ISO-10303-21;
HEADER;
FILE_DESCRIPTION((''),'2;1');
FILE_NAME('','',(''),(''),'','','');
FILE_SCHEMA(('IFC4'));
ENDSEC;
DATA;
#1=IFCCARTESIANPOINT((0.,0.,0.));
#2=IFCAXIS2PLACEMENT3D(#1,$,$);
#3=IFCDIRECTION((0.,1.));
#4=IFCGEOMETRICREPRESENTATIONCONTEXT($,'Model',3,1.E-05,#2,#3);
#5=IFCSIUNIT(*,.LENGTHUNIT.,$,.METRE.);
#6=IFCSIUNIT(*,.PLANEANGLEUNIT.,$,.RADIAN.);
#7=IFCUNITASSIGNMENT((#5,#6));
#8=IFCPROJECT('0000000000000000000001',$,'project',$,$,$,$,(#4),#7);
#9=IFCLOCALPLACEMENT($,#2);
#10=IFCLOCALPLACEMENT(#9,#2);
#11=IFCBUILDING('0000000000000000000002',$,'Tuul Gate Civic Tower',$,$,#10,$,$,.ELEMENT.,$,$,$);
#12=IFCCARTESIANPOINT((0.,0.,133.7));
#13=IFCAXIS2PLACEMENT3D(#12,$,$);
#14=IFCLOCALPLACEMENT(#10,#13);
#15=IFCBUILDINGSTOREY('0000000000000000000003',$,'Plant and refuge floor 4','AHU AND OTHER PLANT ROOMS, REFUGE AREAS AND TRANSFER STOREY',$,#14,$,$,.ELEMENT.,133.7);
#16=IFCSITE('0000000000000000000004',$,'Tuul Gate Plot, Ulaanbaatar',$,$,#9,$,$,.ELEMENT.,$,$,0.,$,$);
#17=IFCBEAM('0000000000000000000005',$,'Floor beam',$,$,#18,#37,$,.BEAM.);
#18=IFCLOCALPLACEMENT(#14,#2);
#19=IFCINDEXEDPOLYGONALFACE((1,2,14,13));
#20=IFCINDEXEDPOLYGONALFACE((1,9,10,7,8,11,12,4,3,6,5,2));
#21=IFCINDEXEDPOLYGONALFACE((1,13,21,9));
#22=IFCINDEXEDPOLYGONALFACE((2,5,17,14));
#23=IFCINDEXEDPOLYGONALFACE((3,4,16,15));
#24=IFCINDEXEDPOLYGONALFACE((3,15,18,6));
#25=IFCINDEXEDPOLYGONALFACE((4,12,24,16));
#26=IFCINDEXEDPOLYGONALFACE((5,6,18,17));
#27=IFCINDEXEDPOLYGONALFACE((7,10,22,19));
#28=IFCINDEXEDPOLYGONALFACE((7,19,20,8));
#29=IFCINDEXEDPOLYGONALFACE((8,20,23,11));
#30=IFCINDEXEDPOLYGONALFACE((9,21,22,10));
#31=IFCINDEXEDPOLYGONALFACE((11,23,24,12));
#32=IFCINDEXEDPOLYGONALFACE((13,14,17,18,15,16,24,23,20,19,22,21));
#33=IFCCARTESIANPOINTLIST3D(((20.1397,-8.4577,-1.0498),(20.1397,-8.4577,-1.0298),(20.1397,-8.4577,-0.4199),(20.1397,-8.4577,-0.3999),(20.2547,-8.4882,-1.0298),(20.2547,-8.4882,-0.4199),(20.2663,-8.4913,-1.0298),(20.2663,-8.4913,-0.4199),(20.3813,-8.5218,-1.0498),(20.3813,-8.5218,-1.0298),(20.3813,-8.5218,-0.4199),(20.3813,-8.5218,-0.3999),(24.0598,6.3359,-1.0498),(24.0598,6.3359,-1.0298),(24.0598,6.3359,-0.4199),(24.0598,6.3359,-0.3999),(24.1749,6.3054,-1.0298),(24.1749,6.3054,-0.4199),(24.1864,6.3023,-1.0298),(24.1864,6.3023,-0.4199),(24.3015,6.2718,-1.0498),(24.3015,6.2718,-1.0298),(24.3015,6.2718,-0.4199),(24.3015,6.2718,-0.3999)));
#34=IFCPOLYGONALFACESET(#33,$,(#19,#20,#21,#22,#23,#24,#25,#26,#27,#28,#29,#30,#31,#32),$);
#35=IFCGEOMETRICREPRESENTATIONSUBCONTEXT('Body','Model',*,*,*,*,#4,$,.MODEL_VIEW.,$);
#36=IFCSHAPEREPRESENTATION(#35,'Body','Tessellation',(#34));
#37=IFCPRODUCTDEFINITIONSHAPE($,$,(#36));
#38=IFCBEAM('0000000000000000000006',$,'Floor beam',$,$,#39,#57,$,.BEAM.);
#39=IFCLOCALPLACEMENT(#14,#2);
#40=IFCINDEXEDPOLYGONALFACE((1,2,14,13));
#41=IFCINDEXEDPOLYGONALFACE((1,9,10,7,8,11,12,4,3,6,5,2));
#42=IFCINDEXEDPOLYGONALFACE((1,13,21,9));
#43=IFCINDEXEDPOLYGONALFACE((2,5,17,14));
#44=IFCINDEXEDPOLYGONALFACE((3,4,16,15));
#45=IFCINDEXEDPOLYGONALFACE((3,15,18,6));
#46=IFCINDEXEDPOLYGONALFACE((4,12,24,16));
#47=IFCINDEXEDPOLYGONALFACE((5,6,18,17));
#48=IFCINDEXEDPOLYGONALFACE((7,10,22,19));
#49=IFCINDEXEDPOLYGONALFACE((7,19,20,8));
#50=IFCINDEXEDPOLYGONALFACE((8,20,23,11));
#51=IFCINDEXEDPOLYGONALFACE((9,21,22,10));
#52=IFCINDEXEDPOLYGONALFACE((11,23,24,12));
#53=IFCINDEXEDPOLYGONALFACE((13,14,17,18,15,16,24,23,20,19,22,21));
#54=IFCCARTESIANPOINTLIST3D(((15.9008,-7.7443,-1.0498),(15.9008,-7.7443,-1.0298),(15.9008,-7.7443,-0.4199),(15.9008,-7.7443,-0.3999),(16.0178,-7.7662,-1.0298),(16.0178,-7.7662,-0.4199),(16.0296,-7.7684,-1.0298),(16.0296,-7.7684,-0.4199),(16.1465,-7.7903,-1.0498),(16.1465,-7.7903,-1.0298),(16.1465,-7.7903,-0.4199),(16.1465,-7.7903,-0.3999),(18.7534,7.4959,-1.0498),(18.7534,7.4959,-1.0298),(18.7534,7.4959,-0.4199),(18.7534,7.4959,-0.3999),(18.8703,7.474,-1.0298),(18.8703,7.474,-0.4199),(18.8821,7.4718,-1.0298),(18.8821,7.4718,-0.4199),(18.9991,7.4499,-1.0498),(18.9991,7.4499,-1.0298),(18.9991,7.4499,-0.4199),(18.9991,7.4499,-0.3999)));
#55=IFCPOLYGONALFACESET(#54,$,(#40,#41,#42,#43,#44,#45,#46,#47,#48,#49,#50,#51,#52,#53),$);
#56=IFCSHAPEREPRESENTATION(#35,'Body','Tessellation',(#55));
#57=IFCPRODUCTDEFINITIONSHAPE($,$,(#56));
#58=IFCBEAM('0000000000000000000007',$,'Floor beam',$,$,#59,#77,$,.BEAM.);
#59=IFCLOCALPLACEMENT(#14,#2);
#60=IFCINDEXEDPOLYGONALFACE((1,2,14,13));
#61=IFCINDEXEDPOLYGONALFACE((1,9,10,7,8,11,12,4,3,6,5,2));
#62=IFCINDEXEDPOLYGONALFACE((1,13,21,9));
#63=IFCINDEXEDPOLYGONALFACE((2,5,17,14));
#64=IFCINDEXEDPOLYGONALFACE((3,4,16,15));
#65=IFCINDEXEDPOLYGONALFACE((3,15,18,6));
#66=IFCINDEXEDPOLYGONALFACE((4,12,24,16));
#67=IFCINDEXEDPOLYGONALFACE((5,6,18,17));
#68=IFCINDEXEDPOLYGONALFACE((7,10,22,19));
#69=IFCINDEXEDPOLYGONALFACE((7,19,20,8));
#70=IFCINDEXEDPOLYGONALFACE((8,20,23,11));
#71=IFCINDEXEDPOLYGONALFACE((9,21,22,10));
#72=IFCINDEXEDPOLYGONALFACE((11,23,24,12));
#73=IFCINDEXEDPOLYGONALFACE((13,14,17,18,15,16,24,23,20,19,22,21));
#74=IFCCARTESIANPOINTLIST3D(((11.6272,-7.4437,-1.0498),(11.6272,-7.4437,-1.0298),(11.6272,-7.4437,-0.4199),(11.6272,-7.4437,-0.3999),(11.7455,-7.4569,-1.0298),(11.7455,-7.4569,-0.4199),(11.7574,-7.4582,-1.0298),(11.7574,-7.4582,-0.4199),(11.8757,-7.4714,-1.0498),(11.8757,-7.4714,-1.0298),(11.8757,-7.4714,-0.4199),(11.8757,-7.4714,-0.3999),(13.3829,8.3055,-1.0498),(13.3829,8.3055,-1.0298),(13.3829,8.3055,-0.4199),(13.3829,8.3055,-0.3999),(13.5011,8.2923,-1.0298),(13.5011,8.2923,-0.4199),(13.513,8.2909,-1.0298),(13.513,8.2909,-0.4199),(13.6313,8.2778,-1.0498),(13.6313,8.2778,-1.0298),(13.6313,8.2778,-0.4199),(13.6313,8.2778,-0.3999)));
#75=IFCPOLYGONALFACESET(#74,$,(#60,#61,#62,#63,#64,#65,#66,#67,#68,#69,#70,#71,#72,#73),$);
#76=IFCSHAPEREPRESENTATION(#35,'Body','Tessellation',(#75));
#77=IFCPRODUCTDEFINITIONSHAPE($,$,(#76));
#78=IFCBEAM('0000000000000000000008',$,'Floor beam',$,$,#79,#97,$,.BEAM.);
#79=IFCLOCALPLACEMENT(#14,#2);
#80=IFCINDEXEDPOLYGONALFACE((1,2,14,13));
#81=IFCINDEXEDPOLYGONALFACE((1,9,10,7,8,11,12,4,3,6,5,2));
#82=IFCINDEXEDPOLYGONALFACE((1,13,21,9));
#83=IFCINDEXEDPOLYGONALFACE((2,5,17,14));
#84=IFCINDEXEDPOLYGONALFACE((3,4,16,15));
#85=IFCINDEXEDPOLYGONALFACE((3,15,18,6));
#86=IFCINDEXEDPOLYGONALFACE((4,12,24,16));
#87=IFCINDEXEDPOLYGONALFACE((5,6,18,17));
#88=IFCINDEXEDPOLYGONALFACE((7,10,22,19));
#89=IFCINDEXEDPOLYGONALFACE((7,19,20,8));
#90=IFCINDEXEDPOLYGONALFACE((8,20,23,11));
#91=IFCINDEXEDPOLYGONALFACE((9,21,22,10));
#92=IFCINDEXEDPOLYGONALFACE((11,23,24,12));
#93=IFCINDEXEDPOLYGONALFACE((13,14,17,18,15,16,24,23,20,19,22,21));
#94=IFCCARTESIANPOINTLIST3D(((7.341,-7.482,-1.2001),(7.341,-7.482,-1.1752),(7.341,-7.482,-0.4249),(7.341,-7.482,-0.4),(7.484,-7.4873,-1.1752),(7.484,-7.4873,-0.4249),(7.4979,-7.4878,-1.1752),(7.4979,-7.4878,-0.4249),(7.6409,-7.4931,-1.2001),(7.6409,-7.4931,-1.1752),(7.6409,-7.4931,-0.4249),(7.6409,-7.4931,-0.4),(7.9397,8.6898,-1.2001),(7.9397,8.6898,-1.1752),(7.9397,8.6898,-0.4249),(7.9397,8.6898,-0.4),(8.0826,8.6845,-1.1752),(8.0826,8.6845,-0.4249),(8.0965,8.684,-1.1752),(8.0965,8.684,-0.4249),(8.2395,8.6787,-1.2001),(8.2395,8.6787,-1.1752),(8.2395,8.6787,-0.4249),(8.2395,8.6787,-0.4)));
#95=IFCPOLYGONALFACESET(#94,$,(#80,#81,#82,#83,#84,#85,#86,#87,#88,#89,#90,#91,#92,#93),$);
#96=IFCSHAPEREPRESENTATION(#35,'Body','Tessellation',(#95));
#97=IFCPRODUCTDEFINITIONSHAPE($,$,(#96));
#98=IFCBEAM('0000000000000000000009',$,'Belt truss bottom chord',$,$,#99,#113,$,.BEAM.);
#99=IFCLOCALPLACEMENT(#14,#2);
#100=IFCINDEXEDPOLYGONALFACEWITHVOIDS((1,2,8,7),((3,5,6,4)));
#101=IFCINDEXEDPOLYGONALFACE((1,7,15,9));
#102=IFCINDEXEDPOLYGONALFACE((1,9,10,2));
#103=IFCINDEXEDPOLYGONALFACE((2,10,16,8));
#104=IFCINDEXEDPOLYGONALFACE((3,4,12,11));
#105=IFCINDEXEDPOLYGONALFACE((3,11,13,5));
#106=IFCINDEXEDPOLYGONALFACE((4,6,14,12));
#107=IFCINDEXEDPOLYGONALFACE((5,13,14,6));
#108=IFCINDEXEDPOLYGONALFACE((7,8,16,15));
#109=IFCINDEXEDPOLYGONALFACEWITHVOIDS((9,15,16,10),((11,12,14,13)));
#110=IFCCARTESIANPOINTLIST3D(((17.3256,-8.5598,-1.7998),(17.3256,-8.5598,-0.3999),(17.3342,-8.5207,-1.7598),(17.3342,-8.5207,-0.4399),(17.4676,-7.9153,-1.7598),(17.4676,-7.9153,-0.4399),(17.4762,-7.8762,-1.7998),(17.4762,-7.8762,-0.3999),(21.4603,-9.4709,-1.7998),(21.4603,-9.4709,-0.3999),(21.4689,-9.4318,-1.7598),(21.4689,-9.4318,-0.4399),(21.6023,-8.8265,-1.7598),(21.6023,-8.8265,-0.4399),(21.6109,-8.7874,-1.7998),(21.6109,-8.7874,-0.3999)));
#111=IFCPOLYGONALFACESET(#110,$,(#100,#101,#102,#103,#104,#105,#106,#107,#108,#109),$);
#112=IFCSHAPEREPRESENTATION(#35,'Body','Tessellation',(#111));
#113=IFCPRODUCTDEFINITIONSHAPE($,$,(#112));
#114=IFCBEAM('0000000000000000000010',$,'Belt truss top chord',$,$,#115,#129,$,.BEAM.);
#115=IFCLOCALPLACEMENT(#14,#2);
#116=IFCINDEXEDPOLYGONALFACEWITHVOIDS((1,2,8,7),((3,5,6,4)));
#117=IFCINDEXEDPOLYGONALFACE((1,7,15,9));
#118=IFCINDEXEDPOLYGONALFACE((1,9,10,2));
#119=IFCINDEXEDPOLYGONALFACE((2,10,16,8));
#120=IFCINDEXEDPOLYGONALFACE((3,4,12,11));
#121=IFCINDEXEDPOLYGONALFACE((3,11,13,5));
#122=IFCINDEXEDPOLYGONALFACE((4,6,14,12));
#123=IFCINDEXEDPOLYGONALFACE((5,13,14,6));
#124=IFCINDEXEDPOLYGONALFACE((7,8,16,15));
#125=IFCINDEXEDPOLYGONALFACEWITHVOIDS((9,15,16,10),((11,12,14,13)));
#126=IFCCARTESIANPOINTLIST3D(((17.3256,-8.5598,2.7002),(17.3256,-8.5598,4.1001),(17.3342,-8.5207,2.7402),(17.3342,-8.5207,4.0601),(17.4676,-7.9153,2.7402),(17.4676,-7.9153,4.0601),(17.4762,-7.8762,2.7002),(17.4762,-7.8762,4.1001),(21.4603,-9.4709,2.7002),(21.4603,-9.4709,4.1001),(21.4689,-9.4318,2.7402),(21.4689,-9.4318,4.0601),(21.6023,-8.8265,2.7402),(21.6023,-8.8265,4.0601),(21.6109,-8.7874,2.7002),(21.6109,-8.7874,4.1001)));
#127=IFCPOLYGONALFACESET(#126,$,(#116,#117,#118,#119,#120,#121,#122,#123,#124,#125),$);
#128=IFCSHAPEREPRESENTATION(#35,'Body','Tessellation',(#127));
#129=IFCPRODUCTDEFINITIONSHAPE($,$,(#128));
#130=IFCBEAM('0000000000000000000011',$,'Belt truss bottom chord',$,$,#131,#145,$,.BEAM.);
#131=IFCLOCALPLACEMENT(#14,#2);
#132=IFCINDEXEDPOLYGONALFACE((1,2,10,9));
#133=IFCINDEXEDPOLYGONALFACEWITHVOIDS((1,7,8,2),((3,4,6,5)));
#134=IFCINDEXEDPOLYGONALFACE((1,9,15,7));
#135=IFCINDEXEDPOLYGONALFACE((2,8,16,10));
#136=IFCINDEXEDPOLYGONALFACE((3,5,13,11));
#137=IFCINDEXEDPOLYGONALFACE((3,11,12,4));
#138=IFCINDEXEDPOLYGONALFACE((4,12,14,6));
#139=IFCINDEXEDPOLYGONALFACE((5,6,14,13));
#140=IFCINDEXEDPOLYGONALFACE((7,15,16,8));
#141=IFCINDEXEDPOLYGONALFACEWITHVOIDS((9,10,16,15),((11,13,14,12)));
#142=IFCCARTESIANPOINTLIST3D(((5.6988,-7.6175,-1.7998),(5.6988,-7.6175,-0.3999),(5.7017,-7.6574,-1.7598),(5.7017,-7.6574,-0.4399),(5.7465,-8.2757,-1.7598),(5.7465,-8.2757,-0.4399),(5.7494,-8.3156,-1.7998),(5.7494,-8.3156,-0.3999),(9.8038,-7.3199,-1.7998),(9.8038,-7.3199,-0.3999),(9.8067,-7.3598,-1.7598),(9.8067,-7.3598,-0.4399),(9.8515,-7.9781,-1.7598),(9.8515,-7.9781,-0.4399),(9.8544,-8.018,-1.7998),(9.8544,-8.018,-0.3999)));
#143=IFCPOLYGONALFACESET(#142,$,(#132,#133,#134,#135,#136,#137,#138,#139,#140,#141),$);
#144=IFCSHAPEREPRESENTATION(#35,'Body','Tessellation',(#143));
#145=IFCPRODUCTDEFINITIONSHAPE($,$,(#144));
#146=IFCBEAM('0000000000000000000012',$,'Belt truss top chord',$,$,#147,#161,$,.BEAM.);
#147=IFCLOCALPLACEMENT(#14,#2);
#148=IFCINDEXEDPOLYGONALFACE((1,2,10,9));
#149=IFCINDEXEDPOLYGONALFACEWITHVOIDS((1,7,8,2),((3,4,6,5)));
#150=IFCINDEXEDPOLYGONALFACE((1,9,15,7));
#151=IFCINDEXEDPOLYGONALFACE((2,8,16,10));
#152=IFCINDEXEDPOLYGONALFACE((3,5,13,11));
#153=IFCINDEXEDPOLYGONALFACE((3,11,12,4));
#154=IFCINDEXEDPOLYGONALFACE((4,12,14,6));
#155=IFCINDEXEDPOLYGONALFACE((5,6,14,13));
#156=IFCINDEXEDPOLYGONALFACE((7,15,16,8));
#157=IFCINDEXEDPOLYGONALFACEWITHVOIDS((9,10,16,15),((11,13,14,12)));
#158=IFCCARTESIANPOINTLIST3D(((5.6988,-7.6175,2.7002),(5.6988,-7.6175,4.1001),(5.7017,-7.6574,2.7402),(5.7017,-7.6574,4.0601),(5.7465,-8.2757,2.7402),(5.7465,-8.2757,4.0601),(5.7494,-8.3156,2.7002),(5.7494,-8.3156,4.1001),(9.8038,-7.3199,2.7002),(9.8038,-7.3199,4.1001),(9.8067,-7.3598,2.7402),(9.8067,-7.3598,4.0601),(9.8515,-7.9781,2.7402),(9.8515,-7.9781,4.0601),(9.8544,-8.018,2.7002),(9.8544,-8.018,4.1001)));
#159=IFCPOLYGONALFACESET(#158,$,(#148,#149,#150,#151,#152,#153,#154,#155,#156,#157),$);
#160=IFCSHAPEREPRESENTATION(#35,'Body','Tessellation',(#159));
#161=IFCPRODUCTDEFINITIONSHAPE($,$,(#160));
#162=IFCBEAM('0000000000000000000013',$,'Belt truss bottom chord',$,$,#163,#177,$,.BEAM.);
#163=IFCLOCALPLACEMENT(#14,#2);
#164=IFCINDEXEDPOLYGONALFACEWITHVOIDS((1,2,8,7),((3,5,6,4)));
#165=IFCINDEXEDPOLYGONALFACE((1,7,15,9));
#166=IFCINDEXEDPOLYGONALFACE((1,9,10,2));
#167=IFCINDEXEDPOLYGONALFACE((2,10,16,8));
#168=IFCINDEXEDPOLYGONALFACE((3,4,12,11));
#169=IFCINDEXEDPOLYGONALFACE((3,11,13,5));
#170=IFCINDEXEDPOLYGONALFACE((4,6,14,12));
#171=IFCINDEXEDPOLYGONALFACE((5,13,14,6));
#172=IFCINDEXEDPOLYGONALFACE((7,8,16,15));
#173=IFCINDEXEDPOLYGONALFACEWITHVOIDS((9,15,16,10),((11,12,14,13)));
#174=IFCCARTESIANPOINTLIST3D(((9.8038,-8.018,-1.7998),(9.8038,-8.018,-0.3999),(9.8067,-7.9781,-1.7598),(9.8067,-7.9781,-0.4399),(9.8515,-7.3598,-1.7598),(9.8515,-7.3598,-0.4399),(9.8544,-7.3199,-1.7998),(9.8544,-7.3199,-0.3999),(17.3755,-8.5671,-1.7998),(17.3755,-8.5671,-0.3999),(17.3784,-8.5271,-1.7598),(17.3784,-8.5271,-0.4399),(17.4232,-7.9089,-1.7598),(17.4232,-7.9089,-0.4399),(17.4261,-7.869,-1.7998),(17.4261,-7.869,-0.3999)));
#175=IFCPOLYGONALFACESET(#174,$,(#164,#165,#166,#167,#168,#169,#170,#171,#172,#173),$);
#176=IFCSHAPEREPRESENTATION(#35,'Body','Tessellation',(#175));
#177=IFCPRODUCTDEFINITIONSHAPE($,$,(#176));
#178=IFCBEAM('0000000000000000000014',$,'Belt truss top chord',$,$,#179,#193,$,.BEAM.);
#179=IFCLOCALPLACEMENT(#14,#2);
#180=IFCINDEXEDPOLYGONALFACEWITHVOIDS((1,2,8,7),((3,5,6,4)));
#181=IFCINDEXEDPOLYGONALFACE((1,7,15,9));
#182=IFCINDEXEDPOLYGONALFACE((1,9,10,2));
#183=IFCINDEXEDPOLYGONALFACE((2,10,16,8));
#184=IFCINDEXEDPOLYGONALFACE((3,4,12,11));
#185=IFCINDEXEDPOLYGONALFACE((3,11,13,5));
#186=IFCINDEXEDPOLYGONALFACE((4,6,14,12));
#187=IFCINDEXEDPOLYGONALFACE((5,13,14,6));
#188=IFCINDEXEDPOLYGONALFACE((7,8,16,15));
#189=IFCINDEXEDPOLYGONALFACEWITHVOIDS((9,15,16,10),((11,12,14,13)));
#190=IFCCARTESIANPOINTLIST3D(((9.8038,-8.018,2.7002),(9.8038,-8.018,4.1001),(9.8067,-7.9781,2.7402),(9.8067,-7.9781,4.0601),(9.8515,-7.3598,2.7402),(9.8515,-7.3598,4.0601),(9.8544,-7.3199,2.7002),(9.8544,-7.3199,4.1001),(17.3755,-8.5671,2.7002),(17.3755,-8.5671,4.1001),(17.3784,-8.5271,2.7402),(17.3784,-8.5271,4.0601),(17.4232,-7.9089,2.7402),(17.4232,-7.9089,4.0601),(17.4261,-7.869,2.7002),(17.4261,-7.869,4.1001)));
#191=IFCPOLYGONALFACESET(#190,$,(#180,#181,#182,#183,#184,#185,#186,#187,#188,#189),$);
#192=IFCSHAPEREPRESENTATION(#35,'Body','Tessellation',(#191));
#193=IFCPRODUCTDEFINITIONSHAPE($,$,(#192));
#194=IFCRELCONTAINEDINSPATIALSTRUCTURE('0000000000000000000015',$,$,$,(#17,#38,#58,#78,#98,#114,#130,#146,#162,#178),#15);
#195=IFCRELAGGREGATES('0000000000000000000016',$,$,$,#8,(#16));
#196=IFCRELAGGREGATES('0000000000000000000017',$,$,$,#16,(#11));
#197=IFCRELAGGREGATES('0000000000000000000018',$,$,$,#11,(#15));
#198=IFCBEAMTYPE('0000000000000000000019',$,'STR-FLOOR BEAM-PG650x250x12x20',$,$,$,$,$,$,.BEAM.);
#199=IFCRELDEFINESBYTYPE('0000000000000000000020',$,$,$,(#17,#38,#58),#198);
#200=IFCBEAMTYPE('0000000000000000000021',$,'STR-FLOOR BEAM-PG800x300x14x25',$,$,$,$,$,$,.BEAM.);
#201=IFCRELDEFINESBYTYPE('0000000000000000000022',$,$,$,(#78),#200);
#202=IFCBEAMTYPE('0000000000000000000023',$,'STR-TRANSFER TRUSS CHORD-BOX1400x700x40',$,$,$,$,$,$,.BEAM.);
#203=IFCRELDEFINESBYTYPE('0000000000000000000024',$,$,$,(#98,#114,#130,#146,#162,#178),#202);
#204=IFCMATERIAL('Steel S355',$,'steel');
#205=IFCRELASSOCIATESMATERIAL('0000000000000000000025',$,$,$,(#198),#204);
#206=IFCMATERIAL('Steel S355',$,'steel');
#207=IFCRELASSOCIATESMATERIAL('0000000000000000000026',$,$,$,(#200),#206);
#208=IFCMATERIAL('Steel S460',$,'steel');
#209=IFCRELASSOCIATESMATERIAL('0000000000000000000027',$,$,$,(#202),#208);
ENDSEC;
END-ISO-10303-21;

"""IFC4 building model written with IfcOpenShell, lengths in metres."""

from ifc_helpers import new_model, si_unit, direction, frame, origin, origin_2d, place, context, subcontext, project, spatial, hollow_rectangle, i_section, extrude, material, material_profile, profile_set, type_object, element, save


model = new_model("IFC4")

# Units and contexts
model_context = context("Model", 3, precision=1e-05, world=origin(), true_north=direction((0.0, 1.0)))
body_context = subcontext(model_context, "Body", "Model", "MODEL_VIEW")
ifc_project = project(units=[si_unit("LENGTHUNIT", "METRE"), si_unit("PLANEANGLEUNIT", "RADIAN")], contexts=[model_context])

# Site, building, storey
site_placement = place(None, origin())
site = spatial("IfcSite", under=ifc_project, at=site_placement, Name="Tuul Gate Plot, Ulaanbaatar", CompositionType="ELEMENT", RefElevation=0.0)
building_placement = place(site_placement, origin())
building = spatial("IfcBuilding", under=site, at=building_placement, Name="Tuul Gate Civic Tower", CompositionType="ELEMENT")
storey_placement = place(building_placement, frame((0.0, 0.0, 133.7)))
storey = spatial("IfcBuildingStorey", under=building, at=storey_placement, Name="Plant and refuge floor 4", Description="AHU AND OTHER PLANT ROOMS, REFUGE AREAS AND TRANSFER STOREY", CompositionType="ELEMENT", Elevation=133.7)

# Beams
ifc_material_1 = material(Name="Steel S355", Category="steel")
ifc_material_profile_1 = material_profile(ifc_material_1, i_section(OverallWidth=0.25, OverallDepth=0.6499, WebThickness=0.012, FlangeThickness=0.02, at=origin_2d()), Name="PG650x250x12x20")
ifc_profile_set_1 = profile_set([ifc_material_profile_1], Name="Steel S355")
beam_type_1 = type_object("IfcBeamType", Name="STR-FLOOR BEAM-PG650x250x12x20", PredefinedType="BEAM", material=ifc_profile_set_1)
beam_1_placement = place(storey_placement, frame((20.2605, -8.4897, -0.7249), z_axis=(0.256148, 0.966638, 0.0), x_axis=(-0.966638, 0.256148, 0.0)))
element("IfcBeam", 1, at=beam_1_placement, inside=storey, type_object=beam_type_1, Name="Floor beam", PredefinedType="BEAM", context=body_context, shape_type="SweptSolid", body=[
    extrude(i_section(OverallWidth=0.25, OverallDepth=0.6499, WebThickness=0.012, FlangeThickness=0.02, at=origin_2d()), origin(), (0.0, 0.0, 1.0), 15.3042),
])
beam_2_placement = place(storey_placement, frame((16.0237, -7.7673, -0.7249), z_axis=(0.183977, 0.982931, 0.0), x_axis=(-0.982931, 0.183977, 0.0)))
element("IfcBeam", 2, at=beam_2_placement, inside=storey, type_object=beam_type_1, Name="Floor beam", PredefinedType="BEAM", context=body_context, shape_type="SweptSolid", body=[
    extrude(i_section(OverallWidth=0.25, OverallDepth=0.6499, WebThickness=0.012, FlangeThickness=0.02, at=origin_2d()), origin(), (0.0, 0.0, 1.0), 15.5049),
])
beam_3_placement = place(storey_placement, frame((11.7515, -7.4575, -0.7249), z_axis=(0.110788, 0.993844, 0.0), x_axis=(-0.993844, 0.110788, 0.0)))
element("IfcBeam", 3, at=beam_3_placement, inside=storey, type_object=beam_type_1, Name="Floor beam", PredefinedType="BEAM", context=body_context, shape_type="SweptSolid", body=[
    extrude(i_section(OverallWidth=0.25, OverallDepth=0.6499, WebThickness=0.012, FlangeThickness=0.02, at=origin_2d()), origin(), (0.0, 0.0, 1.0), 15.8467),
])
ifc_material_2 = material(Name="Steel S355", Category="steel")
ifc_material_profile_2 = material_profile(ifc_material_2, i_section(OverallWidth=0.3, OverallDepth=0.8, WebThickness=0.0139, FlangeThickness=0.0249, at=origin_2d()), Name="PG800x300x14x25")
ifc_profile_set_2 = profile_set([ifc_material_profile_2], Name="Steel S355")
beam_type_2 = type_object("IfcBeamType", Name="STR-FLOOR BEAM-PG800x300x14x25", PredefinedType="BEAM", material=ifc_profile_set_2)
beam_4_placement = place(storey_placement, frame((7.491, -7.4875, -0.8), z_axis=(0.036992, 0.999316, 0.0), x_axis=(-0.999316, 0.036992, 0.0)))
element("IfcBeam", 4, at=beam_4_placement, inside=storey, type_object=beam_type_2, Name="Floor beam", PredefinedType="BEAM", context=body_context, shape_type="SweptSolid", body=[
    extrude(i_section(OverallWidth=0.3, OverallDepth=0.8, WebThickness=0.0139, FlangeThickness=0.0249, at=origin_2d()), origin(), (0.0, 0.0, 1.0), 16.1829),
])
ifc_material_3 = material(Name="Steel S460", Category="steel")
ifc_material_profile_3 = material_profile(ifc_material_3, hollow_rectangle(XDim=0.7, YDim=1.3999, WallThickness=0.04, at=origin_2d()), Name="BOX1400x700x40")
ifc_profile_set_3 = profile_set([ifc_material_profile_3], Name="Steel S460")
beam_type_3 = type_object("IfcBeamType", Name="STR-TRANSFER TRUSS CHORD-BOX1400x700x40", PredefinedType="BEAM", material=ifc_profile_set_3)
for number, where, z_axis, x_axis, name in (
    (5, (17.4009, -8.218, -1.0999), (0.976571, -0.215196, 0.0), (0.215196, 0.976571, 0.0), "Belt truss bottom chord"),
    (6, (17.4009, -8.218, 3.4001), (0.976571, -0.215196, 0.0), (0.215196, 0.976571, 0.0), "Belt truss top chord"),
):
    element("IfcBeam", number, at=place(storey_placement, frame(where, z_axis=z_axis, x_axis=x_axis)), inside=storey, type_object=beam_type_3, Name=name, PredefinedType="BEAM", context=body_context, shape_type="SweptSolid", body=[
        extrude(hollow_rectangle(XDim=0.7, YDim=1.3999, WallThickness=0.04, at=origin_2d()), origin(), (0.0, 0.0, 1.0), 4.2339),
    ])
for number, where, z_axis, x_axis, name in (
    (7, (5.7241, -7.9666, -1.0999), (0.997382, 0.072309, 0.0), (-0.072309, 0.997382, 0.0), "Belt truss bottom chord"),
    (8, (5.7241, -7.9666, 3.4001), (0.997382, 0.072309, 0.0), (-0.072309, 0.997382, 0.0), "Belt truss top chord"),
):
    element("IfcBeam", number, at=place(storey_placement, frame(where, z_axis=z_axis, x_axis=x_axis)), inside=storey, type_object=beam_type_3, Name=name, PredefinedType="BEAM", context=body_context, shape_type="SweptSolid", body=[
        extrude(hollow_rectangle(XDim=0.7, YDim=1.3999, WallThickness=0.04, at=origin_2d()), origin(), (0.0, 0.0, 1.0), 4.1157),
    ])
for number, where, z_axis, x_axis, name in (
    (9, (9.8291, -7.6689, -1.0999), (0.997381, -0.072326, 0.0), (0.072326, 0.997381, 0.0), "Belt truss bottom chord"),
    (10, (9.8291, -7.6689, 3.4001), (0.997381, -0.072326, 0.0), (0.072326, 0.997381, 0.0), "Belt truss top chord"),
):
    element("IfcBeam", number, at=place(storey_placement, frame(where, z_axis=z_axis, x_axis=x_axis)), inside=storey, type_object=beam_type_3, Name=name, PredefinedType="BEAM", context=body_context, shape_type="SweptSolid", body=[
        extrude(hollow_rectangle(XDim=0.7, YDim=1.3999, WallThickness=0.04, at=origin_2d()), origin(), (0.0, 0.0, 1.0), 7.5916),
    ])

save(model, "model.ifc")
